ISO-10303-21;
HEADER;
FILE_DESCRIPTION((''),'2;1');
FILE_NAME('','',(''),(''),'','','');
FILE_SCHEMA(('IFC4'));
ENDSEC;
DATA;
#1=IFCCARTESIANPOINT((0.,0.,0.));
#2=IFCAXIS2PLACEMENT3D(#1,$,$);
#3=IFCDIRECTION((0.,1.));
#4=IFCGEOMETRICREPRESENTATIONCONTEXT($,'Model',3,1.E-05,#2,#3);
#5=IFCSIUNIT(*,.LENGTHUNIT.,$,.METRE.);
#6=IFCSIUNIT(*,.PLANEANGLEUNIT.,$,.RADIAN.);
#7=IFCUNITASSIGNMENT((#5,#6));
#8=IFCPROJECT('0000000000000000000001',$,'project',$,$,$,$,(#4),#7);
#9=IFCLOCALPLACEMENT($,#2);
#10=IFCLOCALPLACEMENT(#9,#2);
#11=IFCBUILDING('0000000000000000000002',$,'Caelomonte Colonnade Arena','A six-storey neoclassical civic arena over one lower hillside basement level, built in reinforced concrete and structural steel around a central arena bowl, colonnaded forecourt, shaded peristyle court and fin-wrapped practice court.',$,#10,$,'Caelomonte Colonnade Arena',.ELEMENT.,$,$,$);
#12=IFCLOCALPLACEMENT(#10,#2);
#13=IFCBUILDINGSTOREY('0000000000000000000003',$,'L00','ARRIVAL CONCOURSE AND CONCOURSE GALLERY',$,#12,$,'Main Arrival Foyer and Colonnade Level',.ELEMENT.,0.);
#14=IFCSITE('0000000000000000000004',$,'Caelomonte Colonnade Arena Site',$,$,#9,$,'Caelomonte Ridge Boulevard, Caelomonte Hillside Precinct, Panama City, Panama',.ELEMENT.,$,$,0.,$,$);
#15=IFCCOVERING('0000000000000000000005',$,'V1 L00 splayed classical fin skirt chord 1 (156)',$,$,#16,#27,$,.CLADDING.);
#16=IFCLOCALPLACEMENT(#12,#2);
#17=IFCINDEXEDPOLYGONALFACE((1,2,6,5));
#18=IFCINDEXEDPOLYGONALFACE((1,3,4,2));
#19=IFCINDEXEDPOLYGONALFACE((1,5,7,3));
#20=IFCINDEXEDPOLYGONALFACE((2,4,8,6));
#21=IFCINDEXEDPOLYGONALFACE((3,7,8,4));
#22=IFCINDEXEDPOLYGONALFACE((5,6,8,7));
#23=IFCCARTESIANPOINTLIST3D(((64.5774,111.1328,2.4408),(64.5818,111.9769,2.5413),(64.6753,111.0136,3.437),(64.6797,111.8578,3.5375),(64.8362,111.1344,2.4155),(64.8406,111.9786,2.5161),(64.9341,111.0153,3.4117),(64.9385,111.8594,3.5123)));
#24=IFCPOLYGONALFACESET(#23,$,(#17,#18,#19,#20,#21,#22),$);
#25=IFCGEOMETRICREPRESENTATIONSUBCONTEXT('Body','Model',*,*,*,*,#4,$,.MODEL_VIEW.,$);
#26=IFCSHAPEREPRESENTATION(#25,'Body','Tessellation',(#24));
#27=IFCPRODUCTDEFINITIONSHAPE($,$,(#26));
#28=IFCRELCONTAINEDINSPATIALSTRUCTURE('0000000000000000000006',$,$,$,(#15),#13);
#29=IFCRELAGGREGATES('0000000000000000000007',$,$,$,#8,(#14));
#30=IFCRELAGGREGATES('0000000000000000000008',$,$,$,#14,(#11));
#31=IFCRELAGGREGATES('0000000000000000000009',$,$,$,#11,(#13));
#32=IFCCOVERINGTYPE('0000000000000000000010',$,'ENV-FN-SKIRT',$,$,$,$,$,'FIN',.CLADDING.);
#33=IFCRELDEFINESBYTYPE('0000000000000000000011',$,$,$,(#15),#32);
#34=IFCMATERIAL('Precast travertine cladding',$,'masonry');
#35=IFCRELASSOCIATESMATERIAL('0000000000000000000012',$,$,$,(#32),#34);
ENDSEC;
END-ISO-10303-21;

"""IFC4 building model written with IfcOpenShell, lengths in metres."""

from ifc_helpers import new_model, si_unit, direction, frame, origin, origin_2d, place, context, subcontext, project, spatial, rectangle, extrude, material, material_profile, profile_set, type_object, element, save


model = new_model("IFC4")

# Units and contexts
model_context = context("Model", 3, precision=1e-05, world=origin(), true_north=direction((0.0, 1.0)))
body_context = subcontext(model_context, "Body", "Model", "MODEL_VIEW")
ifc_project = project(units=[si_unit("LENGTHUNIT", "METRE"), si_unit("PLANEANGLEUNIT", "RADIAN")], contexts=[model_context])

# Site, building, storey
site_placement = place(None, origin())
site = spatial("IfcSite", under=ifc_project, at=site_placement, Name="Caelomonte Colonnade Arena Site", LongName="Caelomonte Ridge Boulevard, Caelomonte Hillside Precinct, Panama City, Panama", CompositionType="ELEMENT", RefElevation=0.0)
building_placement = place(site_placement, origin())
building = spatial("IfcBuilding", under=site, at=building_placement, Name="Caelomonte Colonnade Arena", Description="A six-storey neoclassical civic arena over one lower hillside basement level, built in reinforced concrete and structural steel around a central arena bowl, colonnaded forecourt, shaded peristyle court and fin-wrapped practice court.", LongName="Caelomonte Colonnade Arena", CompositionType="ELEMENT")
storey_placement = place(building_placement, origin())
storey = spatial("IfcBuildingStorey", under=building, at=storey_placement, Name="L00", Description="ARRIVAL CONCOURSE AND CONCOURSE GALLERY", LongName="Main Arrival Foyer and Colonnade Level", CompositionType="ELEMENT", Elevation=0.0)

# Covering
ifc_material_1 = material(Name="Precast travertine cladding", Category="masonry")
ifc_material_profile_1 = material_profile(ifc_material_1, rectangle(XDim=0.26, YDim=0.8501, at=origin_2d()), Name="FIN260X850")
ifc_profile_set_1 = profile_set([ifc_material_profile_1], Name="Precast travertine cladding")
covering_type = type_object("IfcCoveringType", Name="ENV-FN-SKIRT", ElementType="FIN", PredefinedType="CLADDING", material=ifc_profile_set_1)
covering_1_placement = place(storey_placement, frame((64.8069, 111.4365, 3.4746), z_axis=(-0.097127, 0.1182, -0.988228), x_axis=(-0.995258, -0.006366, 0.097057)))
element("IfcCovering", 1, at=covering_1_placement, inside=storey, type_object=covering_type, Name="V1 L00 splayed classical fin skirt chord 1 (156)", PredefinedType="CLADDING", context=body_context, shape_type="SweptSolid", body=[
    extrude(rectangle(XDim=0.26, YDim=0.8501, at=origin_2d()), origin(), (0.0, 0.0, 1.0), 1.0081),
])

save(model, "model.ifc")
